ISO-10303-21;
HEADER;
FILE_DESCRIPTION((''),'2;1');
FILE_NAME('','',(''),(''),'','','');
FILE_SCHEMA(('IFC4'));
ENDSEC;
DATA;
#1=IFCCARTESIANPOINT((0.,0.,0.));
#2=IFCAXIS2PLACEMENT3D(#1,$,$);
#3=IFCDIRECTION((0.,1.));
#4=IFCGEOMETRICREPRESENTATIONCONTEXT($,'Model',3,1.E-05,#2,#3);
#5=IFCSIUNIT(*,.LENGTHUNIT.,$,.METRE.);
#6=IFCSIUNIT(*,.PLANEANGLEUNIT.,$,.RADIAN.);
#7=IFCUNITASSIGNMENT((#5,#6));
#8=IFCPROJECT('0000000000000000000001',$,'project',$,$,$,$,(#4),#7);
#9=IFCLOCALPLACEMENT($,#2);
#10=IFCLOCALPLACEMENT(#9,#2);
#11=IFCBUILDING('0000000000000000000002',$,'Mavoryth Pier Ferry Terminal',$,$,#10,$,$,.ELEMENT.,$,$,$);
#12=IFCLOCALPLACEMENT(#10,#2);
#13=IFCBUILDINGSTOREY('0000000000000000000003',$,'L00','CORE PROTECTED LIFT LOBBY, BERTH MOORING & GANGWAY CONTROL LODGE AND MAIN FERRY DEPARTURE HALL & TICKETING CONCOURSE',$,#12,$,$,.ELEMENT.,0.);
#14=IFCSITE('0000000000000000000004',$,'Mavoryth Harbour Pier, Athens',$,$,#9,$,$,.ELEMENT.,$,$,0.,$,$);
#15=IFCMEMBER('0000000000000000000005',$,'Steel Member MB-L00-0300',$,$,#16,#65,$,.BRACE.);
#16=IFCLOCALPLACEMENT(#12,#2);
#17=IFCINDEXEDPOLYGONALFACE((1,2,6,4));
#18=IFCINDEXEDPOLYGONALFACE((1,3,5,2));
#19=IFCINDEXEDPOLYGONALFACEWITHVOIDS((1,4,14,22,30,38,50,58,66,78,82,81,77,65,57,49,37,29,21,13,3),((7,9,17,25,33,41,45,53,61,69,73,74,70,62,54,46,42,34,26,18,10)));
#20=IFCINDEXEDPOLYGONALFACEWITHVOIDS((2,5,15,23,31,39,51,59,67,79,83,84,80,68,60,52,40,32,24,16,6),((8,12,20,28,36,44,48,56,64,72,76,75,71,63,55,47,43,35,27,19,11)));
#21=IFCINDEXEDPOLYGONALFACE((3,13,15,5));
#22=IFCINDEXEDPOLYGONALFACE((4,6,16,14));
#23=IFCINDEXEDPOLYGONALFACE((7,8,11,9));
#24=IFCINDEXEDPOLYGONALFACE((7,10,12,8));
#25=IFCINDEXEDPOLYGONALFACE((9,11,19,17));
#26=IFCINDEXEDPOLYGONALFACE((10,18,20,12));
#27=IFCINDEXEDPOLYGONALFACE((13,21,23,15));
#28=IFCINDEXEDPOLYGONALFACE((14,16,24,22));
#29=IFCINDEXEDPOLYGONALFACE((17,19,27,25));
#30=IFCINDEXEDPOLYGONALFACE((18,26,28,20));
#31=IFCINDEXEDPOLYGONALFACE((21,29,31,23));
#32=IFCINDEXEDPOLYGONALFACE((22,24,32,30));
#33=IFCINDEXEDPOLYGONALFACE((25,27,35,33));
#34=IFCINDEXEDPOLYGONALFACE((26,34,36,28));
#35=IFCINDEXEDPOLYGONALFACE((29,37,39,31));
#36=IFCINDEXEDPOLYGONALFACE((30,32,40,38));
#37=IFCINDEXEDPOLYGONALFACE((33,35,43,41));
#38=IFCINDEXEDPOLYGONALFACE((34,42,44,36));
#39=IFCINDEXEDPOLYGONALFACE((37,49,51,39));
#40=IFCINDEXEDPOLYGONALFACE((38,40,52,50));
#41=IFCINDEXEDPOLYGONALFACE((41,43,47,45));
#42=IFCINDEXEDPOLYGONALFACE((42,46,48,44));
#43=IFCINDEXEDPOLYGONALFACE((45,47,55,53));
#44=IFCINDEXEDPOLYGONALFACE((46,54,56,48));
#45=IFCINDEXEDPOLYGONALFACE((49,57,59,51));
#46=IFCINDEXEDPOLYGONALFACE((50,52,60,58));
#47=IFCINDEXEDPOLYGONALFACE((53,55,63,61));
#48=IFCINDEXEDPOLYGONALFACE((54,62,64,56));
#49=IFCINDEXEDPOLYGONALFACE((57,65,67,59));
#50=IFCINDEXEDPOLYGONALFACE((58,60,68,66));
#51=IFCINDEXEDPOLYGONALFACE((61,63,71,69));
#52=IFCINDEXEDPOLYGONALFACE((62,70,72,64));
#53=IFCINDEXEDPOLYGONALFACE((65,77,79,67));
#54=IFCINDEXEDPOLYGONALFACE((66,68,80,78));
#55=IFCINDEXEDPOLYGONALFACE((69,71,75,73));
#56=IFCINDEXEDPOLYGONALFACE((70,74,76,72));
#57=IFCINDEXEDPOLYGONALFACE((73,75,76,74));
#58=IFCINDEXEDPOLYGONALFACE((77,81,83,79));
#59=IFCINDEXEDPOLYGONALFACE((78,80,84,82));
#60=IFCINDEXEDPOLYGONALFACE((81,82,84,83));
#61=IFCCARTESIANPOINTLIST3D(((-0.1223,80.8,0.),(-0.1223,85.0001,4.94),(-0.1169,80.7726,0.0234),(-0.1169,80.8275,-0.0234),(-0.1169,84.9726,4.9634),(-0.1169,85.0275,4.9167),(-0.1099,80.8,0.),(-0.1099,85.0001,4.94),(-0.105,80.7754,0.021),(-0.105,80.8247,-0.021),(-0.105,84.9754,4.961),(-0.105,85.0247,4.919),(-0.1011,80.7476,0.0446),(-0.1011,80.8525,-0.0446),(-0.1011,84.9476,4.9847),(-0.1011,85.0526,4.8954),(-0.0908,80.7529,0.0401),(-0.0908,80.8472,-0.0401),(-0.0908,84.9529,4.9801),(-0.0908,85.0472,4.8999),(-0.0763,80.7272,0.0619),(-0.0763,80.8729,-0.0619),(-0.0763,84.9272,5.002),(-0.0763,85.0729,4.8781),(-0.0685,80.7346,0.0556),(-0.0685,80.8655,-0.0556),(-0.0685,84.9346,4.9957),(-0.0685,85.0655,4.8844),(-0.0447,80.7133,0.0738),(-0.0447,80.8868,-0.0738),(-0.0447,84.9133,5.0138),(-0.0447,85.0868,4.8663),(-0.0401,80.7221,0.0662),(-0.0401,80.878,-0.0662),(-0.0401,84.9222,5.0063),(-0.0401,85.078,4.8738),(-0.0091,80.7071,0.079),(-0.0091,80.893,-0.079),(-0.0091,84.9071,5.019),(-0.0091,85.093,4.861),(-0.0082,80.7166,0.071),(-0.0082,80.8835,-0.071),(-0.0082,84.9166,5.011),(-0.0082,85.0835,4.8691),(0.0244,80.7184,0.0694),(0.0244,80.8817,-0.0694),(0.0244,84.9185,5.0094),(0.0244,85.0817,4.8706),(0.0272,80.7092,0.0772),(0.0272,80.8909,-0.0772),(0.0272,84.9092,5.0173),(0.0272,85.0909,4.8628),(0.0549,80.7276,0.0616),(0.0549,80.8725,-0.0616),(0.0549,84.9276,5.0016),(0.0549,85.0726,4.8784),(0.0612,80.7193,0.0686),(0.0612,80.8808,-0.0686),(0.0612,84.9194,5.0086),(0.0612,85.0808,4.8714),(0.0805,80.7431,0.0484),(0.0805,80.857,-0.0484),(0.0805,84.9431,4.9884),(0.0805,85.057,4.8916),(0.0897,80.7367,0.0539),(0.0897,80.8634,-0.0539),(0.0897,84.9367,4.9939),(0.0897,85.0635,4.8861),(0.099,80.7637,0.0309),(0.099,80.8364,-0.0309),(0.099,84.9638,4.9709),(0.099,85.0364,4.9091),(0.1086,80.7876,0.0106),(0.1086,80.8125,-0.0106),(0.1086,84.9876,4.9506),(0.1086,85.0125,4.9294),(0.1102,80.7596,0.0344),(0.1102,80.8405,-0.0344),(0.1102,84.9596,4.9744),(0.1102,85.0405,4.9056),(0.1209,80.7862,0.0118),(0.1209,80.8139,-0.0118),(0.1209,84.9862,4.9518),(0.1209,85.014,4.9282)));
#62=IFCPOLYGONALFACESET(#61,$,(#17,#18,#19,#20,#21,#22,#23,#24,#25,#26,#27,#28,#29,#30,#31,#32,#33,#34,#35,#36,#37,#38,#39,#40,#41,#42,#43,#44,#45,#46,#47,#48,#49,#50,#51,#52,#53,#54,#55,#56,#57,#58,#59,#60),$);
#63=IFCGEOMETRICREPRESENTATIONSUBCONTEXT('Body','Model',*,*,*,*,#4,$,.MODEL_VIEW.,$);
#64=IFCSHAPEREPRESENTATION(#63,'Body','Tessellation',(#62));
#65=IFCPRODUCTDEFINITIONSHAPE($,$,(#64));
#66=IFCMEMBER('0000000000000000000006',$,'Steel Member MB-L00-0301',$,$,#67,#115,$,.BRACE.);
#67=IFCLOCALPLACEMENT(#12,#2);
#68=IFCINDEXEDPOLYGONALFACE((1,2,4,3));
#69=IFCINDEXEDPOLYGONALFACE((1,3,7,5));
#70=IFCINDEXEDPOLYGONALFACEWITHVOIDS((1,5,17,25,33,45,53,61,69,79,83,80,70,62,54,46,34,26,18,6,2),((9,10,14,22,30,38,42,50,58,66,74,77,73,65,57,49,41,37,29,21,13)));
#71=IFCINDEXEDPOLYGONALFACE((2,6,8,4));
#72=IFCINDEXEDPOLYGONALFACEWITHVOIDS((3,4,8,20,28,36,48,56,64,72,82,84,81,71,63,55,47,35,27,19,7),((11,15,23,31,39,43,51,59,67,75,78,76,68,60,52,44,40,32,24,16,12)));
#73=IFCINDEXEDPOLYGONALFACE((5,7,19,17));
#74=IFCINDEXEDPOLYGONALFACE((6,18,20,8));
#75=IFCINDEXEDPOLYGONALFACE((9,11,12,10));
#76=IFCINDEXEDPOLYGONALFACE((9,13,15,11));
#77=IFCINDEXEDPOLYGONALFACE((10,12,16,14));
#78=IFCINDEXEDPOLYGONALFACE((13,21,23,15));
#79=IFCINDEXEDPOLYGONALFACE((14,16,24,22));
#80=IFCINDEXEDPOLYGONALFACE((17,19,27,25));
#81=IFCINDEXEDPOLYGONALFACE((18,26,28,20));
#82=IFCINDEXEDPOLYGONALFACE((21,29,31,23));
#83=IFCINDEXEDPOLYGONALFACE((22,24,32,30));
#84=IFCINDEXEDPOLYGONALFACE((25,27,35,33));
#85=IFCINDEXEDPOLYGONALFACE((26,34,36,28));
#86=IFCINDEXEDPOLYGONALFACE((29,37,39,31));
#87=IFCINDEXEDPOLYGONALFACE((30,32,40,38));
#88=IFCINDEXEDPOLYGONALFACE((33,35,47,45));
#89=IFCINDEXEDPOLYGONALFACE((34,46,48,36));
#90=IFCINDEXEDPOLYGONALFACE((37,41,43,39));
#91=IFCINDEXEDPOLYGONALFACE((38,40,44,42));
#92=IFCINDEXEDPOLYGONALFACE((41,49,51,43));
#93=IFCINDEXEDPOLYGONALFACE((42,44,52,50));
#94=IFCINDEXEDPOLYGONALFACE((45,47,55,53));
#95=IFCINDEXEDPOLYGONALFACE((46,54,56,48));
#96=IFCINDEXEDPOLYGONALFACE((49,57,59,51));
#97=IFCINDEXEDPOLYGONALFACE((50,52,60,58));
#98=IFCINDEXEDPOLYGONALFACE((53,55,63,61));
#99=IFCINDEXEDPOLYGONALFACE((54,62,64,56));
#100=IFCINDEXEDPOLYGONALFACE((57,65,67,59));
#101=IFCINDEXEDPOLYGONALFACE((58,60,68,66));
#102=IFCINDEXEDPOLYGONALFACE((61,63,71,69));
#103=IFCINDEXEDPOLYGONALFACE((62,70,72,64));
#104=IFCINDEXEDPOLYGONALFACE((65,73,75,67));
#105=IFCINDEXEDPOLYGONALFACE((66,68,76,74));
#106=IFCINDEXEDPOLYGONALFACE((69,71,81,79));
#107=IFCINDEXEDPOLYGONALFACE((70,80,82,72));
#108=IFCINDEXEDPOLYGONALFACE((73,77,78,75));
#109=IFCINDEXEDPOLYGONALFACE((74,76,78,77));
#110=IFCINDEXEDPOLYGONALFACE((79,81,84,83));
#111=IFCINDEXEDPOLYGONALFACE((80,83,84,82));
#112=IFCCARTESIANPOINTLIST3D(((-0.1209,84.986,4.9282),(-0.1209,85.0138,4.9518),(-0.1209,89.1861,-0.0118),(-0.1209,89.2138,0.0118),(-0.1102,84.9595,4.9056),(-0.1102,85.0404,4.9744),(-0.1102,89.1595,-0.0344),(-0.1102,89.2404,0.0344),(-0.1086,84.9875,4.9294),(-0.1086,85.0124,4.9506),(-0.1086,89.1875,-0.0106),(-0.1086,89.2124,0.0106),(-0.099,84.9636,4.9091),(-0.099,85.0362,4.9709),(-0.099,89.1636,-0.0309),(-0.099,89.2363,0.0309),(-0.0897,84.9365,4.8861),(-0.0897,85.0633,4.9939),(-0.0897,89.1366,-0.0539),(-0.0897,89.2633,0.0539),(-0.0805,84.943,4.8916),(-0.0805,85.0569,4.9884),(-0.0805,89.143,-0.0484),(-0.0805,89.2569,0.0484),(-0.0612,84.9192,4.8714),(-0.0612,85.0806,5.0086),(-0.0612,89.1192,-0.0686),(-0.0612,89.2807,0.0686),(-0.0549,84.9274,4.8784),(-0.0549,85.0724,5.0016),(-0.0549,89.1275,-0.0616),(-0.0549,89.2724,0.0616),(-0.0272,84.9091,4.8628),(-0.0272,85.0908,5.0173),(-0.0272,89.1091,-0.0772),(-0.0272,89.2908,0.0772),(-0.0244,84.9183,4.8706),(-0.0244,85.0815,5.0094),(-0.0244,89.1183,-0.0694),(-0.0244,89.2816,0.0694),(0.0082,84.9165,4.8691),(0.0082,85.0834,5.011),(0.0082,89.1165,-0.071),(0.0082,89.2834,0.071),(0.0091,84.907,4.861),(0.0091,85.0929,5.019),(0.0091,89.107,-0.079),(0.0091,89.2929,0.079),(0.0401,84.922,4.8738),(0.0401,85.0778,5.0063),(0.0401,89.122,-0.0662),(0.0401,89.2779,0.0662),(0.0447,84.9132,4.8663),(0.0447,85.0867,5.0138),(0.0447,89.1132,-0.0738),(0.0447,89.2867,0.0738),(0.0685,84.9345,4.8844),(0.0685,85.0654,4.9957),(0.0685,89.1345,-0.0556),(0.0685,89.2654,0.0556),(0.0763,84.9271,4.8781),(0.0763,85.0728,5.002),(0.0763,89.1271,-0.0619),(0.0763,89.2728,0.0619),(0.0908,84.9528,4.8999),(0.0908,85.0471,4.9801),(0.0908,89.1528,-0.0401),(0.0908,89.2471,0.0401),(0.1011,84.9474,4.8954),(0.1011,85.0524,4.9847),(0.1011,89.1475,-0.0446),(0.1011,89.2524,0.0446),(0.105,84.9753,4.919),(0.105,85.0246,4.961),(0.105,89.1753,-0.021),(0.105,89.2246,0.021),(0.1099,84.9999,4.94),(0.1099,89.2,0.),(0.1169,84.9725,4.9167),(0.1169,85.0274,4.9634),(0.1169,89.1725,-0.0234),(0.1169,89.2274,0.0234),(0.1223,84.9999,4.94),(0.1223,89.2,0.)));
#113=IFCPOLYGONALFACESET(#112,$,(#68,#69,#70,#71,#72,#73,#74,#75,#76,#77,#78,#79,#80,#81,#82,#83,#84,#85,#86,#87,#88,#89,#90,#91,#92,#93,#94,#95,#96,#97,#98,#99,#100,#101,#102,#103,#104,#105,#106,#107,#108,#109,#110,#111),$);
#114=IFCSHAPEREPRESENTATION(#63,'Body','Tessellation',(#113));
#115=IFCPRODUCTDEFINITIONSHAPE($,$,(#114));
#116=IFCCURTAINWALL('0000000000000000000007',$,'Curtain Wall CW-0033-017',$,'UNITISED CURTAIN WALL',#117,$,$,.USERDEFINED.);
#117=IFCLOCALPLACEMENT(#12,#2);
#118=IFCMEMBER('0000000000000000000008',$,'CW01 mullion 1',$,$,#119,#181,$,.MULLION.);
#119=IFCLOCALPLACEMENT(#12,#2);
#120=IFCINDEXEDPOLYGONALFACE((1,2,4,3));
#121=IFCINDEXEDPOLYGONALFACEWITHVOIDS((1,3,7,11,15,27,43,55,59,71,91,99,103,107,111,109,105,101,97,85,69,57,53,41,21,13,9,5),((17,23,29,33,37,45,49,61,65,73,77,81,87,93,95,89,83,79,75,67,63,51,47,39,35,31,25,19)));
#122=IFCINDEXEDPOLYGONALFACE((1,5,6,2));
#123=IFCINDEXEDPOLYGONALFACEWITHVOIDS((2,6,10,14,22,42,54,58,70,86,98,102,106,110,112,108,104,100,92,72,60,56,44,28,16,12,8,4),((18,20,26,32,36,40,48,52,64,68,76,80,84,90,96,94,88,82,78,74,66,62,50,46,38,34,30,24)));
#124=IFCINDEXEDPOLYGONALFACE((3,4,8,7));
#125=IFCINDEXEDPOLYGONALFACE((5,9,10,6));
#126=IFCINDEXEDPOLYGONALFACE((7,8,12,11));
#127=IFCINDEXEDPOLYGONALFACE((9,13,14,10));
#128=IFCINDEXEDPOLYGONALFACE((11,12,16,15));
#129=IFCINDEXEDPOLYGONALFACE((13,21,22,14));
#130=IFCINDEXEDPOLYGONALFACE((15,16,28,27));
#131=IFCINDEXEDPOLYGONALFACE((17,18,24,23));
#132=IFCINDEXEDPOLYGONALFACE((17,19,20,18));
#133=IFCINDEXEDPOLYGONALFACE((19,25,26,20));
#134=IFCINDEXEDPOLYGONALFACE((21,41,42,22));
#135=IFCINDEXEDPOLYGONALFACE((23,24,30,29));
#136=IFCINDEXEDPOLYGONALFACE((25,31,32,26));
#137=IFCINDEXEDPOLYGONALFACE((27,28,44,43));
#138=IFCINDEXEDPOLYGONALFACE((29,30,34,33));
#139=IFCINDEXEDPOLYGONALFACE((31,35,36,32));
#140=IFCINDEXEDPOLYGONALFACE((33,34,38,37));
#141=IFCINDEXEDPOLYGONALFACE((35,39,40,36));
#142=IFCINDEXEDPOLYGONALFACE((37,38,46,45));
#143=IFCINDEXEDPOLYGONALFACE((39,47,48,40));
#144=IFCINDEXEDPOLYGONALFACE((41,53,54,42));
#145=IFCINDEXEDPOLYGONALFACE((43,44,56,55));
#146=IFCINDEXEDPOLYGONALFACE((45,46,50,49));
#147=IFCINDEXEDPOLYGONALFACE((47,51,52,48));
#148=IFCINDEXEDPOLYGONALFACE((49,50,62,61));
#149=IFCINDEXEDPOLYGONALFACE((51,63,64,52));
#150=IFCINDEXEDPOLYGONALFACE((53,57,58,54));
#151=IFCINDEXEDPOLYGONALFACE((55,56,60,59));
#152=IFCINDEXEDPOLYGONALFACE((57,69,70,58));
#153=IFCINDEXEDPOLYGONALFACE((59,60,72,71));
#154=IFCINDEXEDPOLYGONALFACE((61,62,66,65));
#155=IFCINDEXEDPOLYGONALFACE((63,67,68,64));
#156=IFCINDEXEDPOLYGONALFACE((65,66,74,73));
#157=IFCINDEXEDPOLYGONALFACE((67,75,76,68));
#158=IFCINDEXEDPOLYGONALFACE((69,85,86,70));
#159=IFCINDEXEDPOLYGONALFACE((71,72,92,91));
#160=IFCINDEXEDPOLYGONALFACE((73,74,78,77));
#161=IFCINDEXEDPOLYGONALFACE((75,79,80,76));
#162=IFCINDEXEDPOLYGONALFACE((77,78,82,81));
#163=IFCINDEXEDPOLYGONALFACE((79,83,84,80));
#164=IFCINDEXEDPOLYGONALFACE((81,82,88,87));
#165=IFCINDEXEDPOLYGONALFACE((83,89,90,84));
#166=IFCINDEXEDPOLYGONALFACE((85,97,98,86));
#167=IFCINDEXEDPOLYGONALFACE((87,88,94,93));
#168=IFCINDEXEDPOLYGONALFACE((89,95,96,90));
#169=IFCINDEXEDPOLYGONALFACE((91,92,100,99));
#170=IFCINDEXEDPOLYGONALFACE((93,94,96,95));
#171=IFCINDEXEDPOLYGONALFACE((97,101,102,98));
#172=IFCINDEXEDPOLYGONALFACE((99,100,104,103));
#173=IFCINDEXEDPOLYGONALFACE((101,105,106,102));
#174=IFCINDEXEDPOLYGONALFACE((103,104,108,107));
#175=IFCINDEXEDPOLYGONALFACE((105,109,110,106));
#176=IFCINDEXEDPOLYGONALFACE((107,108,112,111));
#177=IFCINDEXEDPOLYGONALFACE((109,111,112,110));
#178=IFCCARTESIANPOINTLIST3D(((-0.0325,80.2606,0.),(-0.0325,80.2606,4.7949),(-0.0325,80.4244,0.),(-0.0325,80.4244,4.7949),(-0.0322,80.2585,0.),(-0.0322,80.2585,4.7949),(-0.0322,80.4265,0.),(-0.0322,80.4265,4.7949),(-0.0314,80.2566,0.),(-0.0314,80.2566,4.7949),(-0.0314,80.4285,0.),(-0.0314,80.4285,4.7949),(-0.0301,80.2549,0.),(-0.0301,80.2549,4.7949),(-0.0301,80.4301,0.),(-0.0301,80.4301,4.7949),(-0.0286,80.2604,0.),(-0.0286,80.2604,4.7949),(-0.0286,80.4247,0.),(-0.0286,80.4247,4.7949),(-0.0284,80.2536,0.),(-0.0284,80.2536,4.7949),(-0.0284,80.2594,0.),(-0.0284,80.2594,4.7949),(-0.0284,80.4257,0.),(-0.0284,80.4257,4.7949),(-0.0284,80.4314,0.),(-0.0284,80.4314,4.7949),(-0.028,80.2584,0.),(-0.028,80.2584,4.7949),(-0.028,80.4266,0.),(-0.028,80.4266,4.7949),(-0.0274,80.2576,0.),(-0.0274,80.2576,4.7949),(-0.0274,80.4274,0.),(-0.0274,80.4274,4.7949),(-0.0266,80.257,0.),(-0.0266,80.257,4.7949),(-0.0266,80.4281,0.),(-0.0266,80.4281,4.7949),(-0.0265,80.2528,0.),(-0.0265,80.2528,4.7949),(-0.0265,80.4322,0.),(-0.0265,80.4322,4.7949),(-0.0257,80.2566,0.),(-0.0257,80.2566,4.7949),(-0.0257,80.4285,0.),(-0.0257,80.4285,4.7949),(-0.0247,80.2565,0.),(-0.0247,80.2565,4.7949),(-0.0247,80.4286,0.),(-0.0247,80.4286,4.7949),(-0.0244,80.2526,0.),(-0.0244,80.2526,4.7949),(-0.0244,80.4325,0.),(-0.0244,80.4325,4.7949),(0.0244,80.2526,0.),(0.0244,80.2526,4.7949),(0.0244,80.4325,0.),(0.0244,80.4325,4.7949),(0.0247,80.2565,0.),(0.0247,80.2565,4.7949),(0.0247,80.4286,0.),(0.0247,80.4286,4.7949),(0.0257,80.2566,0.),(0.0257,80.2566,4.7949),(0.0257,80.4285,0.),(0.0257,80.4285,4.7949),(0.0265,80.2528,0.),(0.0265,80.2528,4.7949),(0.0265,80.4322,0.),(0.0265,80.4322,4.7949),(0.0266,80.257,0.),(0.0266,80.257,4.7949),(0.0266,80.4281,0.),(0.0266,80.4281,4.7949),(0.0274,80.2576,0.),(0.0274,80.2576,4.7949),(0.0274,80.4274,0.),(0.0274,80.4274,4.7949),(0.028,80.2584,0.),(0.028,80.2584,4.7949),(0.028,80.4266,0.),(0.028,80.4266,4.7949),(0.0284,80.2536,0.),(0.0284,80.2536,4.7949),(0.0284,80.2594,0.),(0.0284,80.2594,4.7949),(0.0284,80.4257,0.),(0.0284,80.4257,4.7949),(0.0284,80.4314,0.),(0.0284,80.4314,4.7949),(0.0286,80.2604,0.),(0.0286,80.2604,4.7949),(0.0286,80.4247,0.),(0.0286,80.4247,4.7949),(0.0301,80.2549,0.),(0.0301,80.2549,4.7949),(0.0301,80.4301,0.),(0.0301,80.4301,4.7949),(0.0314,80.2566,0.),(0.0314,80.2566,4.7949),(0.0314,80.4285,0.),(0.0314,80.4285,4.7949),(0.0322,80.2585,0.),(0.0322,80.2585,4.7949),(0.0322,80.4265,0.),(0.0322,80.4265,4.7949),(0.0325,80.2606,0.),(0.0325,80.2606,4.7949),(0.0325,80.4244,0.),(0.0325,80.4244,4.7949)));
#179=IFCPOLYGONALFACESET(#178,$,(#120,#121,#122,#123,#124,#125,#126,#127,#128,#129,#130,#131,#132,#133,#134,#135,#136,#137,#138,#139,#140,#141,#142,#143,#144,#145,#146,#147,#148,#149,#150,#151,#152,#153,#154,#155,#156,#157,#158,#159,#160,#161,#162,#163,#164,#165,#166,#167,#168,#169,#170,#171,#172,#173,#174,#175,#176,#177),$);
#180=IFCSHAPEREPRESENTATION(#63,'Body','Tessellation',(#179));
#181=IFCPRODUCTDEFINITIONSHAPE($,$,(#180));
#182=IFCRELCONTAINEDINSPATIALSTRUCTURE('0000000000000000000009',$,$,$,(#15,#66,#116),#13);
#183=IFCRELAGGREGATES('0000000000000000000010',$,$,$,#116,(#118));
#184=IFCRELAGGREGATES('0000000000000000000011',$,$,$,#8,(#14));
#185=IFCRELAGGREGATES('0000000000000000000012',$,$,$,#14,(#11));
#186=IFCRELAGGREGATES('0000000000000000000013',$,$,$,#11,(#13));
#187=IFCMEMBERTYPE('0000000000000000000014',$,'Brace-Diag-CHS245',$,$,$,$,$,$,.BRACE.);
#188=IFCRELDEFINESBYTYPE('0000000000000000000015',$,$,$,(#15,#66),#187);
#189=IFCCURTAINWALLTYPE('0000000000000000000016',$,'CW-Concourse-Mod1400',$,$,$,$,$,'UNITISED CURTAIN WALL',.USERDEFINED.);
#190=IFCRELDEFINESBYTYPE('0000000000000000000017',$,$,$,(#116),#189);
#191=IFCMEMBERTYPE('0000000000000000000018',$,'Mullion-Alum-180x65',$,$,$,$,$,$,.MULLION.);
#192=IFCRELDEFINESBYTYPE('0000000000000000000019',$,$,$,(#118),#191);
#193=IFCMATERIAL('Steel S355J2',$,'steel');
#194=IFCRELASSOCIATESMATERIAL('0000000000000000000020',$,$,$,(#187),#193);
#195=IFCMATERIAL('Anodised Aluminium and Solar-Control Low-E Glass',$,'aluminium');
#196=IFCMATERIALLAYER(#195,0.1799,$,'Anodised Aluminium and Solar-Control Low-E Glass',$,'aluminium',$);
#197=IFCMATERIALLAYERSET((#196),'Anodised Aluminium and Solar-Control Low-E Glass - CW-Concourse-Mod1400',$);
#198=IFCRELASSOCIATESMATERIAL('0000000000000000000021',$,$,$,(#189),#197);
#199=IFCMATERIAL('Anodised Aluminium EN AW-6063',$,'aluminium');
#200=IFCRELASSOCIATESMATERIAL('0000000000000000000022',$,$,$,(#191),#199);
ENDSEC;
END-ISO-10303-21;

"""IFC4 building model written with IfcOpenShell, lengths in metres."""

from ifc_helpers import new_model, si_unit, direction, frame, origin, origin_2d, place, context, subcontext, project, spatial, hollow_rectangle, hollow_circle, extrude, material, layer, layer_set, material_profile, profile_set, type_object, element, aggregate, save


model = new_model("IFC4")

# Units and contexts
model_context = context("Model", 3, precision=1e-05, world=origin(), true_north=direction((0.0, 1.0)))
body_context = subcontext(model_context, "Body", "Model", "MODEL_VIEW")
ifc_project = project(units=[si_unit("LENGTHUNIT", "METRE"), si_unit("PLANEANGLEUNIT", "RADIAN")], contexts=[model_context])

# Site, building, storey
site_placement = place(None, origin())
site = spatial("IfcSite", under=ifc_project, at=site_placement, Name="Mavoryth Harbour Pier, Athens", CompositionType="ELEMENT", RefElevation=0.0)
building_placement = place(site_placement, origin())
building = spatial("IfcBuilding", under=site, at=building_placement, Name="Mavoryth Pier Ferry Terminal", CompositionType="ELEMENT")
storey_placement = place(building_placement, origin())
storey = spatial("IfcBuildingStorey", under=building, at=storey_placement, Name="L00", Description="CORE PROTECTED LIFT LOBBY, BERTH MOORING & GANGWAY CONTROL LODGE AND MAIN FERRY DEPARTURE HALL & TICKETING CONCOURSE", CompositionType="ELEMENT", Elevation=0.0)

# Members
ifc_material_1 = material(Name="Steel S355J2", Category="steel")
ifc_material_profile_1 = material_profile(ifc_material_1, hollow_circle(Radius=0.1223, WallThickness=0.0125, at=origin_2d()), Name="CHS 244.5x12.5", Category="steel")
ifc_profile_set_1 = profile_set([ifc_material_profile_1], Name="Steel S355J2 - CHS 244.5x12.5")
member_type_1 = type_object("IfcMemberType", Name="Brace-Diag-CHS245", PredefinedType="BRACE", material=ifc_profile_set_1)
for number, where, z_axis, x_axis, name in (
    (1, (0.0, 80.8, 0.0), (0.0, 0.647738, 0.761863), (-1.0, 0.0, 0.0), "Steel Member MB-L00-0300"),
    (2, (0.0, 89.2, 0.0), (0.0, -0.647738, 0.761863), (1.0, 0.0, 0.0), "Steel Member MB-L00-0301"),
):
    element("IfcMember", number, at=place(storey_placement, frame(where, z_axis=z_axis, x_axis=x_axis)), inside=storey, type_object=member_type_1, Name=name, PredefinedType="BRACE", context=body_context, shape_type="SweptSolid", body=[
        extrude(hollow_circle(Radius=0.1223, WallThickness=0.0125, at=origin_2d()), origin(), (0.0, 0.0, 1.0), 6.4841),
    ])

# Curtain wall, member
ifc_material_2 = material(Name="Anodised Aluminium and Solar-Control Low-E Glass", Category="aluminium")
ifc_layer_1 = layer(ifc_material_2, 0.1799, Name="Anodised Aluminium and Solar-Control Low-E Glass", Category="aluminium")
ifc_layer_set_1 = layer_set([ifc_layer_1], Name="Anodised Aluminium and Solar-Control Low-E Glass - CW-Concourse-Mod1400")
curtain_wall_type = type_object("IfcCurtainWallType", Name="CW-Concourse-Mod1400", ElementType="UNITISED CURTAIN WALL", PredefinedType="USERDEFINED", material=ifc_layer_set_1)
curtain_wall_placement = place(storey_placement, origin())
curtain_wall = element("IfcCurtainWall", 3, at=curtain_wall_placement, inside=storey, type_object=curtain_wall_type, Name="Curtain Wall CW-0033-017", ObjectType="UNITISED CURTAIN WALL", PredefinedType="USERDEFINED")
ifc_material_3 = material(Name="Anodised Aluminium EN AW-6063", Category="aluminium")
ifc_material_profile_2 = material_profile(ifc_material_3, hollow_rectangle(XDim=0.0649, YDim=0.1799, WallThickness=0.0039, InnerFilletRadius=0.0039, OuterFilletRadius=0.0081, at=origin_2d()), Name="AL-MULL 180x65x4", Category="aluminium")
ifc_profile_set_2 = profile_set([ifc_material_profile_2], Name="Anodised Aluminium EN AW-6063 - AL-MULL 180x65x4")
member_type_2 = type_object("IfcMemberType", Name="Mullion-Alum-180x65", PredefinedType="MULLION", material=ifc_profile_set_2)
member_1_placement = place(storey_placement, frame((0.0, 80.3425, 0.0), z_axis=(0.0, 0.0, 1.0), x_axis=(1.0, 0.0, 0.0)))
member_1 = element("IfcMember", 4, at=member_1_placement, type_object=member_type_2, Name="CW01 mullion 1", PredefinedType="MULLION", context=body_context, shape_type="SweptSolid", body=[
    extrude(hollow_rectangle(XDim=0.0649, YDim=0.1799, WallThickness=0.0039, InnerFilletRadius=0.0039, OuterFilletRadius=0.0081, at=origin_2d()), origin(), (0.0, 0.0, 1.0), 4.7949),
])
aggregate(curtain_wall, [member_1])

save(model, "model.ifc")
